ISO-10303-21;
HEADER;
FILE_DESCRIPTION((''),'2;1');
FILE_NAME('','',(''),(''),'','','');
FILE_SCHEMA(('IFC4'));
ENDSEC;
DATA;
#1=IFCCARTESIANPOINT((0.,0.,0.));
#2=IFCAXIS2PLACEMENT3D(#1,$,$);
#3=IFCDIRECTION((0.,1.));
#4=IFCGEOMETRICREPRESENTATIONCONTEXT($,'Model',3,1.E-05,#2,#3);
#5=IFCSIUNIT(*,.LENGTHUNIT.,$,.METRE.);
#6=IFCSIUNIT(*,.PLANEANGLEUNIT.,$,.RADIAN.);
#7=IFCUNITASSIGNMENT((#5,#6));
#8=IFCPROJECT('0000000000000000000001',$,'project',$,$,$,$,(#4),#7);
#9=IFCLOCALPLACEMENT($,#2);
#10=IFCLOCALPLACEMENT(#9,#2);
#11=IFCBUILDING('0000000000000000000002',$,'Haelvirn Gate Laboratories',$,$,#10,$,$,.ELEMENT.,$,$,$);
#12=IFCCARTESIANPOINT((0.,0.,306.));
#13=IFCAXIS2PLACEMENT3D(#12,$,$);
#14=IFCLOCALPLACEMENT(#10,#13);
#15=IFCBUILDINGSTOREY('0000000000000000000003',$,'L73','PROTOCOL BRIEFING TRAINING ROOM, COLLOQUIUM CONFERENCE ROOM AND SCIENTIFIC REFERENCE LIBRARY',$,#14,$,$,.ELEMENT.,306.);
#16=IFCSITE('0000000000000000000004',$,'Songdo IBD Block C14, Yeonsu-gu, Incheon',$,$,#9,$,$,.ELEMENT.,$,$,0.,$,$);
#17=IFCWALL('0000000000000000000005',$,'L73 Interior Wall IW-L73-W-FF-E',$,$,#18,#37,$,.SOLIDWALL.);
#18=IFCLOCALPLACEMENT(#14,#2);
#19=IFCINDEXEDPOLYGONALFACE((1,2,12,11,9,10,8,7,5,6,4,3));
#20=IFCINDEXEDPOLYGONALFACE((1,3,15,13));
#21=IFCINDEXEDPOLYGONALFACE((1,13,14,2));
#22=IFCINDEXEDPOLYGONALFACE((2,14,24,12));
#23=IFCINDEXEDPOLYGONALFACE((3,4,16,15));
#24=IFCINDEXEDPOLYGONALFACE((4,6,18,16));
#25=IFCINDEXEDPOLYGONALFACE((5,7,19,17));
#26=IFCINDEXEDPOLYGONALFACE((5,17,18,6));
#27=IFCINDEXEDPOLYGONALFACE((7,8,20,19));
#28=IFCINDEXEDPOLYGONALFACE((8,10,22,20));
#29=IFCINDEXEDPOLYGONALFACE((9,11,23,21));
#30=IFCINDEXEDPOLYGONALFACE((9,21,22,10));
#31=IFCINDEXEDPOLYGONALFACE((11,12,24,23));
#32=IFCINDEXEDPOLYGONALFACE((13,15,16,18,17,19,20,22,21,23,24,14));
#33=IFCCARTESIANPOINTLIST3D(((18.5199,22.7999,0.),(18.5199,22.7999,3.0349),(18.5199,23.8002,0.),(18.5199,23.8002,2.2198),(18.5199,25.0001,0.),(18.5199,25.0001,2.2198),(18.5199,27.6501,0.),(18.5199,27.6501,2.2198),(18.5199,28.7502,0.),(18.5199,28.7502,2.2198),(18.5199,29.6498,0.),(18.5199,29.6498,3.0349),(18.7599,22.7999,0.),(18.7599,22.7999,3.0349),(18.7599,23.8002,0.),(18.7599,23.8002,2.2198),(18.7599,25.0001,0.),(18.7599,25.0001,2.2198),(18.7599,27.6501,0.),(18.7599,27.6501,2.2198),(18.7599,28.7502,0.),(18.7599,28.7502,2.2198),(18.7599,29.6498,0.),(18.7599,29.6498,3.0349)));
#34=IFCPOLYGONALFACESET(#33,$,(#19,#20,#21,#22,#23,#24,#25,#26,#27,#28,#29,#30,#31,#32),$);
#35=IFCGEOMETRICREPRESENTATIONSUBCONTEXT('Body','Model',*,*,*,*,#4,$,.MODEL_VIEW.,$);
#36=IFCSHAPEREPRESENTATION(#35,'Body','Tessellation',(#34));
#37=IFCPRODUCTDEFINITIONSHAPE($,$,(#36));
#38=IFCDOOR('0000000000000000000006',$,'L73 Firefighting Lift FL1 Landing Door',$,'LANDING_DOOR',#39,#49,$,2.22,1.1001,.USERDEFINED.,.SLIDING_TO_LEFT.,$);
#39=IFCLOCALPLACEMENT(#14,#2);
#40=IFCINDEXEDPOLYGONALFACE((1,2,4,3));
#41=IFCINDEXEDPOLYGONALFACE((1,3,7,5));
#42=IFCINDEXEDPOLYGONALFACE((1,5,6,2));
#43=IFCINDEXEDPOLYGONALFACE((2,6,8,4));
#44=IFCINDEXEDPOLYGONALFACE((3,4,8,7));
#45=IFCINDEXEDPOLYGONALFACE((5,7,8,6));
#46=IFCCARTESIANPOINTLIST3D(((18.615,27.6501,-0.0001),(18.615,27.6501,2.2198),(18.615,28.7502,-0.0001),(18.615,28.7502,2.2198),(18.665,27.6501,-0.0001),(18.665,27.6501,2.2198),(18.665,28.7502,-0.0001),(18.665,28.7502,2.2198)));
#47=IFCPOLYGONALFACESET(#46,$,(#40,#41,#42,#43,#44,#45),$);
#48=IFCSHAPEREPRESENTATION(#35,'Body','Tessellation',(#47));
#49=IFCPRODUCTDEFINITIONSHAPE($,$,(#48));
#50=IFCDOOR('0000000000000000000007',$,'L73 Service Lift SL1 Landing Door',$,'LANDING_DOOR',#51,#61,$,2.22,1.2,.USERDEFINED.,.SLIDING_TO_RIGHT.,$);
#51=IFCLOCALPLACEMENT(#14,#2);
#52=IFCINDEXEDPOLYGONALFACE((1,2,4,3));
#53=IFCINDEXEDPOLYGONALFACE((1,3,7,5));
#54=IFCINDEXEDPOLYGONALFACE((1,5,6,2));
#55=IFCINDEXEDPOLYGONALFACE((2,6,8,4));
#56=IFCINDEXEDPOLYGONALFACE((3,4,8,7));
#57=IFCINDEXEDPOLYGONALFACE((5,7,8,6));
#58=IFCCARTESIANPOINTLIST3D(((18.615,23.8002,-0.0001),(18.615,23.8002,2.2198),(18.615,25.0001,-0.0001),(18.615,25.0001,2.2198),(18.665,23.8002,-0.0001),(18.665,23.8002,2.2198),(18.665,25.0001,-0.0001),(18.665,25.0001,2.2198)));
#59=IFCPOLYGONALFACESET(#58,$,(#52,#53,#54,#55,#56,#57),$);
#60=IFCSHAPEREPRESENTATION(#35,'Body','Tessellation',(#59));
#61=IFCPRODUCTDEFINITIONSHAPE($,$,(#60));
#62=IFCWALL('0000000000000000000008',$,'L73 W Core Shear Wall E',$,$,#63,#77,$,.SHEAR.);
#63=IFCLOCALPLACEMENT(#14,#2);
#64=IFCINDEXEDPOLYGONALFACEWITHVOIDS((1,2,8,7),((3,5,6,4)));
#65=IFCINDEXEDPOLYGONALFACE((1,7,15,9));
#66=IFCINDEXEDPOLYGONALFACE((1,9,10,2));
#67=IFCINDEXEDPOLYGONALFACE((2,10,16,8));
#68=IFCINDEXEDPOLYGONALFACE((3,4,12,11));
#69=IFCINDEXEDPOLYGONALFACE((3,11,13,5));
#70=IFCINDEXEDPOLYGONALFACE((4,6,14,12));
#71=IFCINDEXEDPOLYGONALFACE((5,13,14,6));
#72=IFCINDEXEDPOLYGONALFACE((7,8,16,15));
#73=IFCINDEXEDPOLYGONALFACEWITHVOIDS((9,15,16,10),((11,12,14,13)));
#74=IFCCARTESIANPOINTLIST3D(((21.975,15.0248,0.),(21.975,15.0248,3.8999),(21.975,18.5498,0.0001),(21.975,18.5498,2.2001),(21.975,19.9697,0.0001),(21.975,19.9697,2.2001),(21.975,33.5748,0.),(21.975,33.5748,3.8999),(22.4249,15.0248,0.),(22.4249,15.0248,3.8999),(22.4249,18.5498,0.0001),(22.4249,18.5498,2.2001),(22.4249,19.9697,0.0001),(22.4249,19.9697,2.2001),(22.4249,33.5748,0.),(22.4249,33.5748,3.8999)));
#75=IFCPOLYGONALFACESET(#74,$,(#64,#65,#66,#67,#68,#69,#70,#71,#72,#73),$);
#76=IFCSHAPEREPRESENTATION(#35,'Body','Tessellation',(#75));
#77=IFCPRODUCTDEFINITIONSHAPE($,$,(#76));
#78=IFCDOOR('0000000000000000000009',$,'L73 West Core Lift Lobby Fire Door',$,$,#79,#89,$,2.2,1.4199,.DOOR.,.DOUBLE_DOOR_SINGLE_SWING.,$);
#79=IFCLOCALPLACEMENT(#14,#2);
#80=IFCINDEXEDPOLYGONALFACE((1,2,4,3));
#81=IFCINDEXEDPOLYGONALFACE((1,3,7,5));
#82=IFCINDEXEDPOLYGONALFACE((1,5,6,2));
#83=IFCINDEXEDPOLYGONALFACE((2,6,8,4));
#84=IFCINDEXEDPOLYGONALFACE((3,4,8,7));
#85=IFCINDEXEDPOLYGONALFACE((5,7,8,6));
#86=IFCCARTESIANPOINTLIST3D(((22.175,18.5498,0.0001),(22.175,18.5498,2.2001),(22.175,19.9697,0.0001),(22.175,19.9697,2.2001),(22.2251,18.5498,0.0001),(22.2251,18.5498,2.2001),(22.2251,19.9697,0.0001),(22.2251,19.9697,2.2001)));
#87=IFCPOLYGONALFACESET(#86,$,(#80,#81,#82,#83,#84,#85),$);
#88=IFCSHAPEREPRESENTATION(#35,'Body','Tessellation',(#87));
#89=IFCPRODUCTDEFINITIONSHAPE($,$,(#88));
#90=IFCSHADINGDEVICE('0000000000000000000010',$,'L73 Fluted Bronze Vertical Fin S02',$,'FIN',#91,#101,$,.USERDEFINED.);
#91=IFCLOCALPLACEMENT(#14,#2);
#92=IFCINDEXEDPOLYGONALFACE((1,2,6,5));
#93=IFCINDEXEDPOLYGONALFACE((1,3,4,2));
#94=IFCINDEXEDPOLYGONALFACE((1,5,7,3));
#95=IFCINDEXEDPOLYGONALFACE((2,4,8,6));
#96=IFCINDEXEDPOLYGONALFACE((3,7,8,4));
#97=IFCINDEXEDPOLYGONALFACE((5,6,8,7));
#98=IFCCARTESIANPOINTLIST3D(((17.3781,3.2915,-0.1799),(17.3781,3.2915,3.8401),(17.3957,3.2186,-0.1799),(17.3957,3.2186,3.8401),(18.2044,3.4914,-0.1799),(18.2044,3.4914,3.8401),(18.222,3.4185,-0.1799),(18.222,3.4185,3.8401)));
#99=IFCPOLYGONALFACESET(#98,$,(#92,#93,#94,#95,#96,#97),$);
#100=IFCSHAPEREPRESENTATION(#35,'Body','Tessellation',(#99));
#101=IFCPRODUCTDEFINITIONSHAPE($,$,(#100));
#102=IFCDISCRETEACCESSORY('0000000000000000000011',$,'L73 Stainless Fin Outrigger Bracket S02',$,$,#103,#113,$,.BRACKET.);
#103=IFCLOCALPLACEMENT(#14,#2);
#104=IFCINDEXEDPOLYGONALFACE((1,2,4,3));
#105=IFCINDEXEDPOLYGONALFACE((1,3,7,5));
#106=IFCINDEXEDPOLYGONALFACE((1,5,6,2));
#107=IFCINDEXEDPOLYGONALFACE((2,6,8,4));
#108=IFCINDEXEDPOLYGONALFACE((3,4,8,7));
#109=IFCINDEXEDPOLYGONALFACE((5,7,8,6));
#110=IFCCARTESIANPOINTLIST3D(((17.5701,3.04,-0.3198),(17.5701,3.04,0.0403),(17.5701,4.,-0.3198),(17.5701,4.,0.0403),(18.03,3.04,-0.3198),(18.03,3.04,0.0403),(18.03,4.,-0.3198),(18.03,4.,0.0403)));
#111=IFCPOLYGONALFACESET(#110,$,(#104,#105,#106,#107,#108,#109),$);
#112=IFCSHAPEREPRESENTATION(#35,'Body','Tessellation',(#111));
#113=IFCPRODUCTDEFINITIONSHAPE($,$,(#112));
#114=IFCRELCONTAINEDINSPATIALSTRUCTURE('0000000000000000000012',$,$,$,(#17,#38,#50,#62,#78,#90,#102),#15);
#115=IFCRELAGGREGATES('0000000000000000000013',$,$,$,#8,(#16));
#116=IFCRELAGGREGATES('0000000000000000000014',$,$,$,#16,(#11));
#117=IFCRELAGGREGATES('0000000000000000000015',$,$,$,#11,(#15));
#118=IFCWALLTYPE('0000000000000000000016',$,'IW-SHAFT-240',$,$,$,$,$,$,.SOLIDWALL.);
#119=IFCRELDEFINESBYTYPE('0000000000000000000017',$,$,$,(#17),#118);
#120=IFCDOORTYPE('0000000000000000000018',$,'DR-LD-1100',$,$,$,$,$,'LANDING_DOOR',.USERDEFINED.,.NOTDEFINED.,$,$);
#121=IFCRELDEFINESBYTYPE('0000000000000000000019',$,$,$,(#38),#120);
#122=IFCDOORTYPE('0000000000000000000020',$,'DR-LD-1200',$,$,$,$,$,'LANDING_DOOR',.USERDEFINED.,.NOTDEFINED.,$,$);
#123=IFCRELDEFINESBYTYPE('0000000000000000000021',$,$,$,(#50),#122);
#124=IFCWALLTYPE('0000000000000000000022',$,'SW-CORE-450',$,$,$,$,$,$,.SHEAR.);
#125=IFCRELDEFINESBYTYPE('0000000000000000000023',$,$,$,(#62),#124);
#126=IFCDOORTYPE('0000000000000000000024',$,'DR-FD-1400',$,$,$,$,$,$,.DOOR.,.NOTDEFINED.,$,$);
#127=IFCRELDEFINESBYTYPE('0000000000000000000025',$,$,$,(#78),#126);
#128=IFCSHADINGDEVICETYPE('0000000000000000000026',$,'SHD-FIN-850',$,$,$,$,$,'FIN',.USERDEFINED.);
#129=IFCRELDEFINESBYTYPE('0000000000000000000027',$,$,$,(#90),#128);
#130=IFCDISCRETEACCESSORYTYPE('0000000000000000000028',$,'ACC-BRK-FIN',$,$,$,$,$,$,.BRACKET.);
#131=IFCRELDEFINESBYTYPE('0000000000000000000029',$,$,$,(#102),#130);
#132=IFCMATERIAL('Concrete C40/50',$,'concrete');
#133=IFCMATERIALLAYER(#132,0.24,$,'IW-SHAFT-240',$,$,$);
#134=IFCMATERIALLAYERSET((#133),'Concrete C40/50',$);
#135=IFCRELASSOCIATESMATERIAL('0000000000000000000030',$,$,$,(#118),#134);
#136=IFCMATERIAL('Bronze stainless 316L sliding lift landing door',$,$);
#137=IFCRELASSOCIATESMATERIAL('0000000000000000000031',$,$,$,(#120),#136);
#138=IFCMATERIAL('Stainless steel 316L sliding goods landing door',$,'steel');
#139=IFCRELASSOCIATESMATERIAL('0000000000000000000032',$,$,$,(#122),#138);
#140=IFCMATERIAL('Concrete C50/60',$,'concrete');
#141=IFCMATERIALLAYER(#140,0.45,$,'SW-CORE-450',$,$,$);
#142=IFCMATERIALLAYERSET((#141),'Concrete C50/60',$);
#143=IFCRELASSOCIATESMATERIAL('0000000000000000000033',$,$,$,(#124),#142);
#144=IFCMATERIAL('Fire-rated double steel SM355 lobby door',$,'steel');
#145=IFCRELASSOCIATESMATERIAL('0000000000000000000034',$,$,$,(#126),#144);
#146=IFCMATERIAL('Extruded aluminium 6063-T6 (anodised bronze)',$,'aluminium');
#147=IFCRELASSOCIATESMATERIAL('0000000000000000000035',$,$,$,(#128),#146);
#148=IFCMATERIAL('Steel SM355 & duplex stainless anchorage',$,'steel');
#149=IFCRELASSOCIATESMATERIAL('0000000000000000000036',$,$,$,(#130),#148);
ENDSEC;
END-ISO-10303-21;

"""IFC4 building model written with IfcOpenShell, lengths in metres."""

from ifc_helpers import new_model, si_unit, direction, frame, frame_2d, origin, origin_2d, place, context, subcontext, project, spatial, rectangle, extrude, source, transform, mapped, material, layer, layer_set, material_profile, profile_set, type_object, type_shapes, element, fill, save


model = new_model("IFC4")

# Units and contexts
model_context = context("Model", 3, precision=1e-05, world=origin(), true_north=direction((0.0, 1.0)))
body_context = subcontext(model_context, "Body", "Model", "MODEL_VIEW")
ifc_project = project(units=[si_unit("LENGTHUNIT", "METRE"), si_unit("PLANEANGLEUNIT", "RADIAN")], contexts=[model_context])

# Site, building, storey
site_placement = place(None, origin())
site = spatial("IfcSite", under=ifc_project, at=site_placement, Name="Songdo IBD Block C14, Yeonsu-gu, Incheon", CompositionType="ELEMENT", RefElevation=0.0)
building_placement = place(site_placement, origin())
building = spatial("IfcBuilding", under=site, at=building_placement, Name="Haelvirn Gate Laboratories", CompositionType="ELEMENT")
storey_placement = place(building_placement, frame((0.0, 0.0, 306.0)))
storey = spatial("IfcBuildingStorey", under=building, at=storey_placement, Name="L73", Description="PROTOCOL BRIEFING TRAINING ROOM, COLLOQUIUM CONFERENCE ROOM AND SCIENTIFIC REFERENCE LIBRARY", CompositionType="ELEMENT", Elevation=306.0)

# Shared definitions
ifc_material_1 = material(Name="Concrete C50/60", Category="concrete")

# Shared definitions
ifc_material_2 = material(Name="Extruded aluminium 6063-T6 (anodised bronze)", Category="aluminium")

# Shared definitions
ifc_material_3 = material(Name="Concrete C40/50", Category="concrete")

# Wall, openings, doors
ifc_layer_1 = layer(ifc_material_3, 0.24, Name="IW-SHAFT-240")
ifc_layer_set_1 = layer_set([ifc_layer_1], Name="Concrete C40/50")
wall_type_1 = type_object("IfcWallType", Name="IW-SHAFT-240", PredefinedType="SOLIDWALL", material=ifc_layer_set_1)
wall_1_placement = place(storey_placement, frame((18.6399, 22.8, 0.0), z_axis=(0.0, 0.0, 1.0), x_axis=(0.0, 1.0, 0.0)))
wall_1 = element("IfcWall", 1, at=wall_1_placement, inside=storey, type_object=wall_type_1, Name="L73 Interior Wall IW-L73-W-FF-E", PredefinedType="SOLIDWALL", context=body_context, shape_type="SweptSolid", body=[
    extrude(rectangle(XDim=6.8499, YDim=0.24, at=frame_2d((3.4248, 0.0))), origin(), (0.0, 0.0, 1.0), 3.0349),
])
opening_1_placement = place(wall_1_placement, frame((4.8501, 0.0, 0.0)))
opening_1 = element("IfcOpeningElement", 2, at=opening_1_placement, cuts=wall_1, PredefinedType="OPENING", context=body_context, shape_type="SweptSolid", body=[
    extrude(rectangle(XDim=1.1001, YDim=2.22, at=frame_2d((0.55, 1.1099))), frame((0.0, 0.1299, 0.0), z_axis=(0.0, -1.0, 0.0), x_axis=(1.0, 0.0, 0.0)), (0.0, 0.0, 1.0), 0.26),
])
opening_2_placement = place(wall_1_placement, frame((1.0, 0.0, 0.0)))
opening_2 = element("IfcOpeningElement", 3, at=opening_2_placement, cuts=wall_1, PredefinedType="OPENING", context=body_context, shape_type="SweptSolid", body=[
    extrude(rectangle(XDim=1.2, YDim=2.22, at=frame_2d((0.6001, 1.1099))), frame((0.0, 0.1299, 0.0), z_axis=(0.0, -1.0, 0.0), x_axis=(1.0, 0.0, 0.0)), (0.0, 0.0, 1.0), 0.26),
])
ifc_material_4 = material(Name="Bronze stainless 316L sliding lift landing door")
door_type_1 = type_object("IfcDoorType", Name="DR-LD-1100", ElementType="LANDING_DOOR", OperationType="NOTDEFINED", PredefinedType="USERDEFINED", material=ifc_material_4)
shared_shape_1 = source(origin(), body_context, "Body", "SweptSolid", [
    extrude(rectangle(XDim=1.1001, YDim=2.22, at=frame_2d((0.55, 1.1099))), frame((0.0, 0.0249, 0.0), z_axis=(0.0, -1.0, 0.0), x_axis=(1.0, 0.0, 0.0)), (0.0, 0.0, 1.0), 0.05),
])
type_shapes(door_type_1, [shared_shape_1])
door_1_placement = place(opening_1_placement, origin())
door_1 = element("IfcDoor", 4, at=door_1_placement, inside=storey, type_object=door_type_1, Name="L73 Firefighting Lift FL1 Landing Door", ObjectType="LANDING_DOOR", OperationType="SLIDING_TO_LEFT", OverallHeight=2.22, OverallWidth=1.1001, PredefinedType="USERDEFINED", context=body_context, shape_type="MappedRepresentation", body=[
    mapped(shared_shape_1, transform((0.0, 0.0, 0.0), scale=1.0)),
])
fill(opening_1, door_1)
ifc_material_5 = material(Name="Stainless steel 316L sliding goods landing door", Category="steel")
door_type_2 = type_object("IfcDoorType", Name="DR-LD-1200", ElementType="LANDING_DOOR", OperationType="NOTDEFINED", PredefinedType="USERDEFINED", material=ifc_material_5)
shared_shape_2 = source(origin(), body_context, "Body", "SweptSolid", [
    extrude(rectangle(XDim=1.2, YDim=2.22, at=frame_2d((0.6001, 1.1099))), frame((0.0, 0.0249, 0.0), z_axis=(0.0, -1.0, 0.0), x_axis=(1.0, 0.0, 0.0)), (0.0, 0.0, 1.0), 0.05),
])
type_shapes(door_type_2, [shared_shape_2])
door_2_placement = place(opening_2_placement, origin())
door_2 = element("IfcDoor", 5, at=door_2_placement, inside=storey, type_object=door_type_2, Name="L73 Service Lift SL1 Landing Door", ObjectType="LANDING_DOOR", OperationType="SLIDING_TO_RIGHT", OverallHeight=2.22, OverallWidth=1.2, PredefinedType="USERDEFINED", context=body_context, shape_type="MappedRepresentation", body=[
    mapped(shared_shape_2, transform((0.0, 0.0, 0.0), scale=1.0)),
])
fill(opening_2, door_2)

# Wall, opening, door
ifc_layer_2 = layer(ifc_material_1, 0.45, Name="SW-CORE-450")
ifc_layer_set_2 = layer_set([ifc_layer_2], Name="Concrete C50/60")
wall_type_2 = type_object("IfcWallType", Name="SW-CORE-450", PredefinedType="SHEAR", material=ifc_layer_set_2)
wall_2_placement = place(storey_placement, frame((22.2, 15.0249, 0.0), z_axis=(0.0, 0.0, 1.0), x_axis=(0.0, 1.0, 0.0)))
wall_2 = element("IfcWall", 6, at=wall_2_placement, inside=storey, type_object=wall_type_2, Name="L73 W Core Shear Wall E", PredefinedType="SHEAR", context=body_context, shape_type="SweptSolid", body=[
    extrude(rectangle(XDim=18.55, YDim=0.45, at=frame_2d((9.2749, 0.0))), origin(), (0.0, 0.0, 1.0), 3.8999),
])
opening_3_placement = place(wall_2_placement, frame((3.5249, 0.0, 0.0)))
opening_3 = element("IfcOpeningElement", 7, at=opening_3_placement, cuts=wall_2, PredefinedType="OPENING", context=body_context, shape_type="SweptSolid", body=[
    extrude(rectangle(XDim=1.4199, YDim=2.2, at=frame_2d((0.71, 1.1001))), frame((0.0, 0.2349, 0.0), z_axis=(0.0, -1.0, 0.0), x_axis=(1.0, 0.0, 0.0)), (0.0, 0.0, 1.0), 0.47),
])
ifc_material_6 = material(Name="Fire-rated double steel SM355 lobby door", Category="steel")
door_type_3 = type_object("IfcDoorType", Name="DR-FD-1400", OperationType="NOTDEFINED", PredefinedType="DOOR", material=ifc_material_6)
shared_shape_3 = source(origin(), body_context, "Body", "SweptSolid", [
    extrude(rectangle(XDim=1.4199, YDim=2.2, at=frame_2d((0.71, 1.1001))), frame((0.0, 0.0249, 0.0), z_axis=(0.0, -1.0, 0.0), x_axis=(1.0, 0.0, 0.0)), (0.0, 0.0, 1.0), 0.05),
])
type_shapes(door_type_3, [shared_shape_3])
door_3_placement = place(opening_3_placement, origin())
door_3 = element("IfcDoor", 8, at=door_3_placement, inside=storey, type_object=door_type_3, Name="L73 West Core Lift Lobby Fire Door", OperationType="DOUBLE_DOOR_SINGLE_SWING", OverallHeight=2.2, OverallWidth=1.4199, PredefinedType="DOOR", context=body_context, shape_type="MappedRepresentation", body=[
    mapped(shared_shape_3, transform((0.0, 0.0, 0.0), scale=1.0)),
])
fill(opening_3, door_3)

# Shading device
ifc_material_profile_1 = material_profile(ifc_material_2, rectangle(XDim=0.075, YDim=0.8501, at=origin_2d()), Name="FIN-850x75")
ifc_profile_set_1 = profile_set([ifc_material_profile_1], Name="Extruded aluminium 6063-T6 (anodised bronze)")
shading_device_type = type_object("IfcShadingDeviceType", Name="SHD-FIN-850", ElementType="FIN", PredefinedType="USERDEFINED", material=ifc_profile_set_1)
shared_shape_4 = source(origin(), body_context, "Body", "SweptSolid", [
    extrude(rectangle(XDim=0.075, YDim=0.8501, at=origin_2d()), origin(), (0.0, 0.0, 1.0), 4.02),
])
type_shapes(shading_device_type, [shared_shape_4])
shading_device_placement = place(storey_placement, frame((17.8, 3.355, -0.1799), z_axis=(0.0, 0.0, 1.0), x_axis=(-0.235142, 0.971961, 0.0)))
element("IfcShadingDevice", 9, at=shading_device_placement, inside=storey, type_object=shading_device_type, Name="L73 Fluted Bronze Vertical Fin S02", ObjectType="FIN", PredefinedType="USERDEFINED", context=body_context, shape_type="MappedRepresentation", body=[
    mapped(shared_shape_4, transform((0.0, 0.0, 0.0), scale=1.0)),
])

# Discrete accessory
ifc_material_7 = material(Name="Steel SM355 & duplex stainless anchorage", Category="steel")
discrete_accessory_type = type_object("IfcDiscreteAccessoryType", Name="ACC-BRK-FIN", PredefinedType="BRACKET", material=ifc_material_7)
shared_shape_5 = source(origin(), body_context, "Body", "SweptSolid", [
    extrude(rectangle(XDim=0.46, YDim=0.96, at=origin_2d()), origin(), (0.0, 0.0, 1.0), 0.3601),
])
type_shapes(discrete_accessory_type, [shared_shape_5])
discrete_accessory_placement = place(storey_placement, frame((17.8, 3.52, -0.3198), z_axis=(0.0, 0.0, 1.0), x_axis=(1.0, 0.0, 0.0)))
element("IfcDiscreteAccessory", 10, at=discrete_accessory_placement, inside=storey, type_object=discrete_accessory_type, Name="L73 Stainless Fin Outrigger Bracket S02", PredefinedType="BRACKET", context=body_context, shape_type="MappedRepresentation", body=[
    mapped(shared_shape_5, transform((0.0, 0.0, 0.0), scale=1.0)),
])

save(model, "model.ifc")
